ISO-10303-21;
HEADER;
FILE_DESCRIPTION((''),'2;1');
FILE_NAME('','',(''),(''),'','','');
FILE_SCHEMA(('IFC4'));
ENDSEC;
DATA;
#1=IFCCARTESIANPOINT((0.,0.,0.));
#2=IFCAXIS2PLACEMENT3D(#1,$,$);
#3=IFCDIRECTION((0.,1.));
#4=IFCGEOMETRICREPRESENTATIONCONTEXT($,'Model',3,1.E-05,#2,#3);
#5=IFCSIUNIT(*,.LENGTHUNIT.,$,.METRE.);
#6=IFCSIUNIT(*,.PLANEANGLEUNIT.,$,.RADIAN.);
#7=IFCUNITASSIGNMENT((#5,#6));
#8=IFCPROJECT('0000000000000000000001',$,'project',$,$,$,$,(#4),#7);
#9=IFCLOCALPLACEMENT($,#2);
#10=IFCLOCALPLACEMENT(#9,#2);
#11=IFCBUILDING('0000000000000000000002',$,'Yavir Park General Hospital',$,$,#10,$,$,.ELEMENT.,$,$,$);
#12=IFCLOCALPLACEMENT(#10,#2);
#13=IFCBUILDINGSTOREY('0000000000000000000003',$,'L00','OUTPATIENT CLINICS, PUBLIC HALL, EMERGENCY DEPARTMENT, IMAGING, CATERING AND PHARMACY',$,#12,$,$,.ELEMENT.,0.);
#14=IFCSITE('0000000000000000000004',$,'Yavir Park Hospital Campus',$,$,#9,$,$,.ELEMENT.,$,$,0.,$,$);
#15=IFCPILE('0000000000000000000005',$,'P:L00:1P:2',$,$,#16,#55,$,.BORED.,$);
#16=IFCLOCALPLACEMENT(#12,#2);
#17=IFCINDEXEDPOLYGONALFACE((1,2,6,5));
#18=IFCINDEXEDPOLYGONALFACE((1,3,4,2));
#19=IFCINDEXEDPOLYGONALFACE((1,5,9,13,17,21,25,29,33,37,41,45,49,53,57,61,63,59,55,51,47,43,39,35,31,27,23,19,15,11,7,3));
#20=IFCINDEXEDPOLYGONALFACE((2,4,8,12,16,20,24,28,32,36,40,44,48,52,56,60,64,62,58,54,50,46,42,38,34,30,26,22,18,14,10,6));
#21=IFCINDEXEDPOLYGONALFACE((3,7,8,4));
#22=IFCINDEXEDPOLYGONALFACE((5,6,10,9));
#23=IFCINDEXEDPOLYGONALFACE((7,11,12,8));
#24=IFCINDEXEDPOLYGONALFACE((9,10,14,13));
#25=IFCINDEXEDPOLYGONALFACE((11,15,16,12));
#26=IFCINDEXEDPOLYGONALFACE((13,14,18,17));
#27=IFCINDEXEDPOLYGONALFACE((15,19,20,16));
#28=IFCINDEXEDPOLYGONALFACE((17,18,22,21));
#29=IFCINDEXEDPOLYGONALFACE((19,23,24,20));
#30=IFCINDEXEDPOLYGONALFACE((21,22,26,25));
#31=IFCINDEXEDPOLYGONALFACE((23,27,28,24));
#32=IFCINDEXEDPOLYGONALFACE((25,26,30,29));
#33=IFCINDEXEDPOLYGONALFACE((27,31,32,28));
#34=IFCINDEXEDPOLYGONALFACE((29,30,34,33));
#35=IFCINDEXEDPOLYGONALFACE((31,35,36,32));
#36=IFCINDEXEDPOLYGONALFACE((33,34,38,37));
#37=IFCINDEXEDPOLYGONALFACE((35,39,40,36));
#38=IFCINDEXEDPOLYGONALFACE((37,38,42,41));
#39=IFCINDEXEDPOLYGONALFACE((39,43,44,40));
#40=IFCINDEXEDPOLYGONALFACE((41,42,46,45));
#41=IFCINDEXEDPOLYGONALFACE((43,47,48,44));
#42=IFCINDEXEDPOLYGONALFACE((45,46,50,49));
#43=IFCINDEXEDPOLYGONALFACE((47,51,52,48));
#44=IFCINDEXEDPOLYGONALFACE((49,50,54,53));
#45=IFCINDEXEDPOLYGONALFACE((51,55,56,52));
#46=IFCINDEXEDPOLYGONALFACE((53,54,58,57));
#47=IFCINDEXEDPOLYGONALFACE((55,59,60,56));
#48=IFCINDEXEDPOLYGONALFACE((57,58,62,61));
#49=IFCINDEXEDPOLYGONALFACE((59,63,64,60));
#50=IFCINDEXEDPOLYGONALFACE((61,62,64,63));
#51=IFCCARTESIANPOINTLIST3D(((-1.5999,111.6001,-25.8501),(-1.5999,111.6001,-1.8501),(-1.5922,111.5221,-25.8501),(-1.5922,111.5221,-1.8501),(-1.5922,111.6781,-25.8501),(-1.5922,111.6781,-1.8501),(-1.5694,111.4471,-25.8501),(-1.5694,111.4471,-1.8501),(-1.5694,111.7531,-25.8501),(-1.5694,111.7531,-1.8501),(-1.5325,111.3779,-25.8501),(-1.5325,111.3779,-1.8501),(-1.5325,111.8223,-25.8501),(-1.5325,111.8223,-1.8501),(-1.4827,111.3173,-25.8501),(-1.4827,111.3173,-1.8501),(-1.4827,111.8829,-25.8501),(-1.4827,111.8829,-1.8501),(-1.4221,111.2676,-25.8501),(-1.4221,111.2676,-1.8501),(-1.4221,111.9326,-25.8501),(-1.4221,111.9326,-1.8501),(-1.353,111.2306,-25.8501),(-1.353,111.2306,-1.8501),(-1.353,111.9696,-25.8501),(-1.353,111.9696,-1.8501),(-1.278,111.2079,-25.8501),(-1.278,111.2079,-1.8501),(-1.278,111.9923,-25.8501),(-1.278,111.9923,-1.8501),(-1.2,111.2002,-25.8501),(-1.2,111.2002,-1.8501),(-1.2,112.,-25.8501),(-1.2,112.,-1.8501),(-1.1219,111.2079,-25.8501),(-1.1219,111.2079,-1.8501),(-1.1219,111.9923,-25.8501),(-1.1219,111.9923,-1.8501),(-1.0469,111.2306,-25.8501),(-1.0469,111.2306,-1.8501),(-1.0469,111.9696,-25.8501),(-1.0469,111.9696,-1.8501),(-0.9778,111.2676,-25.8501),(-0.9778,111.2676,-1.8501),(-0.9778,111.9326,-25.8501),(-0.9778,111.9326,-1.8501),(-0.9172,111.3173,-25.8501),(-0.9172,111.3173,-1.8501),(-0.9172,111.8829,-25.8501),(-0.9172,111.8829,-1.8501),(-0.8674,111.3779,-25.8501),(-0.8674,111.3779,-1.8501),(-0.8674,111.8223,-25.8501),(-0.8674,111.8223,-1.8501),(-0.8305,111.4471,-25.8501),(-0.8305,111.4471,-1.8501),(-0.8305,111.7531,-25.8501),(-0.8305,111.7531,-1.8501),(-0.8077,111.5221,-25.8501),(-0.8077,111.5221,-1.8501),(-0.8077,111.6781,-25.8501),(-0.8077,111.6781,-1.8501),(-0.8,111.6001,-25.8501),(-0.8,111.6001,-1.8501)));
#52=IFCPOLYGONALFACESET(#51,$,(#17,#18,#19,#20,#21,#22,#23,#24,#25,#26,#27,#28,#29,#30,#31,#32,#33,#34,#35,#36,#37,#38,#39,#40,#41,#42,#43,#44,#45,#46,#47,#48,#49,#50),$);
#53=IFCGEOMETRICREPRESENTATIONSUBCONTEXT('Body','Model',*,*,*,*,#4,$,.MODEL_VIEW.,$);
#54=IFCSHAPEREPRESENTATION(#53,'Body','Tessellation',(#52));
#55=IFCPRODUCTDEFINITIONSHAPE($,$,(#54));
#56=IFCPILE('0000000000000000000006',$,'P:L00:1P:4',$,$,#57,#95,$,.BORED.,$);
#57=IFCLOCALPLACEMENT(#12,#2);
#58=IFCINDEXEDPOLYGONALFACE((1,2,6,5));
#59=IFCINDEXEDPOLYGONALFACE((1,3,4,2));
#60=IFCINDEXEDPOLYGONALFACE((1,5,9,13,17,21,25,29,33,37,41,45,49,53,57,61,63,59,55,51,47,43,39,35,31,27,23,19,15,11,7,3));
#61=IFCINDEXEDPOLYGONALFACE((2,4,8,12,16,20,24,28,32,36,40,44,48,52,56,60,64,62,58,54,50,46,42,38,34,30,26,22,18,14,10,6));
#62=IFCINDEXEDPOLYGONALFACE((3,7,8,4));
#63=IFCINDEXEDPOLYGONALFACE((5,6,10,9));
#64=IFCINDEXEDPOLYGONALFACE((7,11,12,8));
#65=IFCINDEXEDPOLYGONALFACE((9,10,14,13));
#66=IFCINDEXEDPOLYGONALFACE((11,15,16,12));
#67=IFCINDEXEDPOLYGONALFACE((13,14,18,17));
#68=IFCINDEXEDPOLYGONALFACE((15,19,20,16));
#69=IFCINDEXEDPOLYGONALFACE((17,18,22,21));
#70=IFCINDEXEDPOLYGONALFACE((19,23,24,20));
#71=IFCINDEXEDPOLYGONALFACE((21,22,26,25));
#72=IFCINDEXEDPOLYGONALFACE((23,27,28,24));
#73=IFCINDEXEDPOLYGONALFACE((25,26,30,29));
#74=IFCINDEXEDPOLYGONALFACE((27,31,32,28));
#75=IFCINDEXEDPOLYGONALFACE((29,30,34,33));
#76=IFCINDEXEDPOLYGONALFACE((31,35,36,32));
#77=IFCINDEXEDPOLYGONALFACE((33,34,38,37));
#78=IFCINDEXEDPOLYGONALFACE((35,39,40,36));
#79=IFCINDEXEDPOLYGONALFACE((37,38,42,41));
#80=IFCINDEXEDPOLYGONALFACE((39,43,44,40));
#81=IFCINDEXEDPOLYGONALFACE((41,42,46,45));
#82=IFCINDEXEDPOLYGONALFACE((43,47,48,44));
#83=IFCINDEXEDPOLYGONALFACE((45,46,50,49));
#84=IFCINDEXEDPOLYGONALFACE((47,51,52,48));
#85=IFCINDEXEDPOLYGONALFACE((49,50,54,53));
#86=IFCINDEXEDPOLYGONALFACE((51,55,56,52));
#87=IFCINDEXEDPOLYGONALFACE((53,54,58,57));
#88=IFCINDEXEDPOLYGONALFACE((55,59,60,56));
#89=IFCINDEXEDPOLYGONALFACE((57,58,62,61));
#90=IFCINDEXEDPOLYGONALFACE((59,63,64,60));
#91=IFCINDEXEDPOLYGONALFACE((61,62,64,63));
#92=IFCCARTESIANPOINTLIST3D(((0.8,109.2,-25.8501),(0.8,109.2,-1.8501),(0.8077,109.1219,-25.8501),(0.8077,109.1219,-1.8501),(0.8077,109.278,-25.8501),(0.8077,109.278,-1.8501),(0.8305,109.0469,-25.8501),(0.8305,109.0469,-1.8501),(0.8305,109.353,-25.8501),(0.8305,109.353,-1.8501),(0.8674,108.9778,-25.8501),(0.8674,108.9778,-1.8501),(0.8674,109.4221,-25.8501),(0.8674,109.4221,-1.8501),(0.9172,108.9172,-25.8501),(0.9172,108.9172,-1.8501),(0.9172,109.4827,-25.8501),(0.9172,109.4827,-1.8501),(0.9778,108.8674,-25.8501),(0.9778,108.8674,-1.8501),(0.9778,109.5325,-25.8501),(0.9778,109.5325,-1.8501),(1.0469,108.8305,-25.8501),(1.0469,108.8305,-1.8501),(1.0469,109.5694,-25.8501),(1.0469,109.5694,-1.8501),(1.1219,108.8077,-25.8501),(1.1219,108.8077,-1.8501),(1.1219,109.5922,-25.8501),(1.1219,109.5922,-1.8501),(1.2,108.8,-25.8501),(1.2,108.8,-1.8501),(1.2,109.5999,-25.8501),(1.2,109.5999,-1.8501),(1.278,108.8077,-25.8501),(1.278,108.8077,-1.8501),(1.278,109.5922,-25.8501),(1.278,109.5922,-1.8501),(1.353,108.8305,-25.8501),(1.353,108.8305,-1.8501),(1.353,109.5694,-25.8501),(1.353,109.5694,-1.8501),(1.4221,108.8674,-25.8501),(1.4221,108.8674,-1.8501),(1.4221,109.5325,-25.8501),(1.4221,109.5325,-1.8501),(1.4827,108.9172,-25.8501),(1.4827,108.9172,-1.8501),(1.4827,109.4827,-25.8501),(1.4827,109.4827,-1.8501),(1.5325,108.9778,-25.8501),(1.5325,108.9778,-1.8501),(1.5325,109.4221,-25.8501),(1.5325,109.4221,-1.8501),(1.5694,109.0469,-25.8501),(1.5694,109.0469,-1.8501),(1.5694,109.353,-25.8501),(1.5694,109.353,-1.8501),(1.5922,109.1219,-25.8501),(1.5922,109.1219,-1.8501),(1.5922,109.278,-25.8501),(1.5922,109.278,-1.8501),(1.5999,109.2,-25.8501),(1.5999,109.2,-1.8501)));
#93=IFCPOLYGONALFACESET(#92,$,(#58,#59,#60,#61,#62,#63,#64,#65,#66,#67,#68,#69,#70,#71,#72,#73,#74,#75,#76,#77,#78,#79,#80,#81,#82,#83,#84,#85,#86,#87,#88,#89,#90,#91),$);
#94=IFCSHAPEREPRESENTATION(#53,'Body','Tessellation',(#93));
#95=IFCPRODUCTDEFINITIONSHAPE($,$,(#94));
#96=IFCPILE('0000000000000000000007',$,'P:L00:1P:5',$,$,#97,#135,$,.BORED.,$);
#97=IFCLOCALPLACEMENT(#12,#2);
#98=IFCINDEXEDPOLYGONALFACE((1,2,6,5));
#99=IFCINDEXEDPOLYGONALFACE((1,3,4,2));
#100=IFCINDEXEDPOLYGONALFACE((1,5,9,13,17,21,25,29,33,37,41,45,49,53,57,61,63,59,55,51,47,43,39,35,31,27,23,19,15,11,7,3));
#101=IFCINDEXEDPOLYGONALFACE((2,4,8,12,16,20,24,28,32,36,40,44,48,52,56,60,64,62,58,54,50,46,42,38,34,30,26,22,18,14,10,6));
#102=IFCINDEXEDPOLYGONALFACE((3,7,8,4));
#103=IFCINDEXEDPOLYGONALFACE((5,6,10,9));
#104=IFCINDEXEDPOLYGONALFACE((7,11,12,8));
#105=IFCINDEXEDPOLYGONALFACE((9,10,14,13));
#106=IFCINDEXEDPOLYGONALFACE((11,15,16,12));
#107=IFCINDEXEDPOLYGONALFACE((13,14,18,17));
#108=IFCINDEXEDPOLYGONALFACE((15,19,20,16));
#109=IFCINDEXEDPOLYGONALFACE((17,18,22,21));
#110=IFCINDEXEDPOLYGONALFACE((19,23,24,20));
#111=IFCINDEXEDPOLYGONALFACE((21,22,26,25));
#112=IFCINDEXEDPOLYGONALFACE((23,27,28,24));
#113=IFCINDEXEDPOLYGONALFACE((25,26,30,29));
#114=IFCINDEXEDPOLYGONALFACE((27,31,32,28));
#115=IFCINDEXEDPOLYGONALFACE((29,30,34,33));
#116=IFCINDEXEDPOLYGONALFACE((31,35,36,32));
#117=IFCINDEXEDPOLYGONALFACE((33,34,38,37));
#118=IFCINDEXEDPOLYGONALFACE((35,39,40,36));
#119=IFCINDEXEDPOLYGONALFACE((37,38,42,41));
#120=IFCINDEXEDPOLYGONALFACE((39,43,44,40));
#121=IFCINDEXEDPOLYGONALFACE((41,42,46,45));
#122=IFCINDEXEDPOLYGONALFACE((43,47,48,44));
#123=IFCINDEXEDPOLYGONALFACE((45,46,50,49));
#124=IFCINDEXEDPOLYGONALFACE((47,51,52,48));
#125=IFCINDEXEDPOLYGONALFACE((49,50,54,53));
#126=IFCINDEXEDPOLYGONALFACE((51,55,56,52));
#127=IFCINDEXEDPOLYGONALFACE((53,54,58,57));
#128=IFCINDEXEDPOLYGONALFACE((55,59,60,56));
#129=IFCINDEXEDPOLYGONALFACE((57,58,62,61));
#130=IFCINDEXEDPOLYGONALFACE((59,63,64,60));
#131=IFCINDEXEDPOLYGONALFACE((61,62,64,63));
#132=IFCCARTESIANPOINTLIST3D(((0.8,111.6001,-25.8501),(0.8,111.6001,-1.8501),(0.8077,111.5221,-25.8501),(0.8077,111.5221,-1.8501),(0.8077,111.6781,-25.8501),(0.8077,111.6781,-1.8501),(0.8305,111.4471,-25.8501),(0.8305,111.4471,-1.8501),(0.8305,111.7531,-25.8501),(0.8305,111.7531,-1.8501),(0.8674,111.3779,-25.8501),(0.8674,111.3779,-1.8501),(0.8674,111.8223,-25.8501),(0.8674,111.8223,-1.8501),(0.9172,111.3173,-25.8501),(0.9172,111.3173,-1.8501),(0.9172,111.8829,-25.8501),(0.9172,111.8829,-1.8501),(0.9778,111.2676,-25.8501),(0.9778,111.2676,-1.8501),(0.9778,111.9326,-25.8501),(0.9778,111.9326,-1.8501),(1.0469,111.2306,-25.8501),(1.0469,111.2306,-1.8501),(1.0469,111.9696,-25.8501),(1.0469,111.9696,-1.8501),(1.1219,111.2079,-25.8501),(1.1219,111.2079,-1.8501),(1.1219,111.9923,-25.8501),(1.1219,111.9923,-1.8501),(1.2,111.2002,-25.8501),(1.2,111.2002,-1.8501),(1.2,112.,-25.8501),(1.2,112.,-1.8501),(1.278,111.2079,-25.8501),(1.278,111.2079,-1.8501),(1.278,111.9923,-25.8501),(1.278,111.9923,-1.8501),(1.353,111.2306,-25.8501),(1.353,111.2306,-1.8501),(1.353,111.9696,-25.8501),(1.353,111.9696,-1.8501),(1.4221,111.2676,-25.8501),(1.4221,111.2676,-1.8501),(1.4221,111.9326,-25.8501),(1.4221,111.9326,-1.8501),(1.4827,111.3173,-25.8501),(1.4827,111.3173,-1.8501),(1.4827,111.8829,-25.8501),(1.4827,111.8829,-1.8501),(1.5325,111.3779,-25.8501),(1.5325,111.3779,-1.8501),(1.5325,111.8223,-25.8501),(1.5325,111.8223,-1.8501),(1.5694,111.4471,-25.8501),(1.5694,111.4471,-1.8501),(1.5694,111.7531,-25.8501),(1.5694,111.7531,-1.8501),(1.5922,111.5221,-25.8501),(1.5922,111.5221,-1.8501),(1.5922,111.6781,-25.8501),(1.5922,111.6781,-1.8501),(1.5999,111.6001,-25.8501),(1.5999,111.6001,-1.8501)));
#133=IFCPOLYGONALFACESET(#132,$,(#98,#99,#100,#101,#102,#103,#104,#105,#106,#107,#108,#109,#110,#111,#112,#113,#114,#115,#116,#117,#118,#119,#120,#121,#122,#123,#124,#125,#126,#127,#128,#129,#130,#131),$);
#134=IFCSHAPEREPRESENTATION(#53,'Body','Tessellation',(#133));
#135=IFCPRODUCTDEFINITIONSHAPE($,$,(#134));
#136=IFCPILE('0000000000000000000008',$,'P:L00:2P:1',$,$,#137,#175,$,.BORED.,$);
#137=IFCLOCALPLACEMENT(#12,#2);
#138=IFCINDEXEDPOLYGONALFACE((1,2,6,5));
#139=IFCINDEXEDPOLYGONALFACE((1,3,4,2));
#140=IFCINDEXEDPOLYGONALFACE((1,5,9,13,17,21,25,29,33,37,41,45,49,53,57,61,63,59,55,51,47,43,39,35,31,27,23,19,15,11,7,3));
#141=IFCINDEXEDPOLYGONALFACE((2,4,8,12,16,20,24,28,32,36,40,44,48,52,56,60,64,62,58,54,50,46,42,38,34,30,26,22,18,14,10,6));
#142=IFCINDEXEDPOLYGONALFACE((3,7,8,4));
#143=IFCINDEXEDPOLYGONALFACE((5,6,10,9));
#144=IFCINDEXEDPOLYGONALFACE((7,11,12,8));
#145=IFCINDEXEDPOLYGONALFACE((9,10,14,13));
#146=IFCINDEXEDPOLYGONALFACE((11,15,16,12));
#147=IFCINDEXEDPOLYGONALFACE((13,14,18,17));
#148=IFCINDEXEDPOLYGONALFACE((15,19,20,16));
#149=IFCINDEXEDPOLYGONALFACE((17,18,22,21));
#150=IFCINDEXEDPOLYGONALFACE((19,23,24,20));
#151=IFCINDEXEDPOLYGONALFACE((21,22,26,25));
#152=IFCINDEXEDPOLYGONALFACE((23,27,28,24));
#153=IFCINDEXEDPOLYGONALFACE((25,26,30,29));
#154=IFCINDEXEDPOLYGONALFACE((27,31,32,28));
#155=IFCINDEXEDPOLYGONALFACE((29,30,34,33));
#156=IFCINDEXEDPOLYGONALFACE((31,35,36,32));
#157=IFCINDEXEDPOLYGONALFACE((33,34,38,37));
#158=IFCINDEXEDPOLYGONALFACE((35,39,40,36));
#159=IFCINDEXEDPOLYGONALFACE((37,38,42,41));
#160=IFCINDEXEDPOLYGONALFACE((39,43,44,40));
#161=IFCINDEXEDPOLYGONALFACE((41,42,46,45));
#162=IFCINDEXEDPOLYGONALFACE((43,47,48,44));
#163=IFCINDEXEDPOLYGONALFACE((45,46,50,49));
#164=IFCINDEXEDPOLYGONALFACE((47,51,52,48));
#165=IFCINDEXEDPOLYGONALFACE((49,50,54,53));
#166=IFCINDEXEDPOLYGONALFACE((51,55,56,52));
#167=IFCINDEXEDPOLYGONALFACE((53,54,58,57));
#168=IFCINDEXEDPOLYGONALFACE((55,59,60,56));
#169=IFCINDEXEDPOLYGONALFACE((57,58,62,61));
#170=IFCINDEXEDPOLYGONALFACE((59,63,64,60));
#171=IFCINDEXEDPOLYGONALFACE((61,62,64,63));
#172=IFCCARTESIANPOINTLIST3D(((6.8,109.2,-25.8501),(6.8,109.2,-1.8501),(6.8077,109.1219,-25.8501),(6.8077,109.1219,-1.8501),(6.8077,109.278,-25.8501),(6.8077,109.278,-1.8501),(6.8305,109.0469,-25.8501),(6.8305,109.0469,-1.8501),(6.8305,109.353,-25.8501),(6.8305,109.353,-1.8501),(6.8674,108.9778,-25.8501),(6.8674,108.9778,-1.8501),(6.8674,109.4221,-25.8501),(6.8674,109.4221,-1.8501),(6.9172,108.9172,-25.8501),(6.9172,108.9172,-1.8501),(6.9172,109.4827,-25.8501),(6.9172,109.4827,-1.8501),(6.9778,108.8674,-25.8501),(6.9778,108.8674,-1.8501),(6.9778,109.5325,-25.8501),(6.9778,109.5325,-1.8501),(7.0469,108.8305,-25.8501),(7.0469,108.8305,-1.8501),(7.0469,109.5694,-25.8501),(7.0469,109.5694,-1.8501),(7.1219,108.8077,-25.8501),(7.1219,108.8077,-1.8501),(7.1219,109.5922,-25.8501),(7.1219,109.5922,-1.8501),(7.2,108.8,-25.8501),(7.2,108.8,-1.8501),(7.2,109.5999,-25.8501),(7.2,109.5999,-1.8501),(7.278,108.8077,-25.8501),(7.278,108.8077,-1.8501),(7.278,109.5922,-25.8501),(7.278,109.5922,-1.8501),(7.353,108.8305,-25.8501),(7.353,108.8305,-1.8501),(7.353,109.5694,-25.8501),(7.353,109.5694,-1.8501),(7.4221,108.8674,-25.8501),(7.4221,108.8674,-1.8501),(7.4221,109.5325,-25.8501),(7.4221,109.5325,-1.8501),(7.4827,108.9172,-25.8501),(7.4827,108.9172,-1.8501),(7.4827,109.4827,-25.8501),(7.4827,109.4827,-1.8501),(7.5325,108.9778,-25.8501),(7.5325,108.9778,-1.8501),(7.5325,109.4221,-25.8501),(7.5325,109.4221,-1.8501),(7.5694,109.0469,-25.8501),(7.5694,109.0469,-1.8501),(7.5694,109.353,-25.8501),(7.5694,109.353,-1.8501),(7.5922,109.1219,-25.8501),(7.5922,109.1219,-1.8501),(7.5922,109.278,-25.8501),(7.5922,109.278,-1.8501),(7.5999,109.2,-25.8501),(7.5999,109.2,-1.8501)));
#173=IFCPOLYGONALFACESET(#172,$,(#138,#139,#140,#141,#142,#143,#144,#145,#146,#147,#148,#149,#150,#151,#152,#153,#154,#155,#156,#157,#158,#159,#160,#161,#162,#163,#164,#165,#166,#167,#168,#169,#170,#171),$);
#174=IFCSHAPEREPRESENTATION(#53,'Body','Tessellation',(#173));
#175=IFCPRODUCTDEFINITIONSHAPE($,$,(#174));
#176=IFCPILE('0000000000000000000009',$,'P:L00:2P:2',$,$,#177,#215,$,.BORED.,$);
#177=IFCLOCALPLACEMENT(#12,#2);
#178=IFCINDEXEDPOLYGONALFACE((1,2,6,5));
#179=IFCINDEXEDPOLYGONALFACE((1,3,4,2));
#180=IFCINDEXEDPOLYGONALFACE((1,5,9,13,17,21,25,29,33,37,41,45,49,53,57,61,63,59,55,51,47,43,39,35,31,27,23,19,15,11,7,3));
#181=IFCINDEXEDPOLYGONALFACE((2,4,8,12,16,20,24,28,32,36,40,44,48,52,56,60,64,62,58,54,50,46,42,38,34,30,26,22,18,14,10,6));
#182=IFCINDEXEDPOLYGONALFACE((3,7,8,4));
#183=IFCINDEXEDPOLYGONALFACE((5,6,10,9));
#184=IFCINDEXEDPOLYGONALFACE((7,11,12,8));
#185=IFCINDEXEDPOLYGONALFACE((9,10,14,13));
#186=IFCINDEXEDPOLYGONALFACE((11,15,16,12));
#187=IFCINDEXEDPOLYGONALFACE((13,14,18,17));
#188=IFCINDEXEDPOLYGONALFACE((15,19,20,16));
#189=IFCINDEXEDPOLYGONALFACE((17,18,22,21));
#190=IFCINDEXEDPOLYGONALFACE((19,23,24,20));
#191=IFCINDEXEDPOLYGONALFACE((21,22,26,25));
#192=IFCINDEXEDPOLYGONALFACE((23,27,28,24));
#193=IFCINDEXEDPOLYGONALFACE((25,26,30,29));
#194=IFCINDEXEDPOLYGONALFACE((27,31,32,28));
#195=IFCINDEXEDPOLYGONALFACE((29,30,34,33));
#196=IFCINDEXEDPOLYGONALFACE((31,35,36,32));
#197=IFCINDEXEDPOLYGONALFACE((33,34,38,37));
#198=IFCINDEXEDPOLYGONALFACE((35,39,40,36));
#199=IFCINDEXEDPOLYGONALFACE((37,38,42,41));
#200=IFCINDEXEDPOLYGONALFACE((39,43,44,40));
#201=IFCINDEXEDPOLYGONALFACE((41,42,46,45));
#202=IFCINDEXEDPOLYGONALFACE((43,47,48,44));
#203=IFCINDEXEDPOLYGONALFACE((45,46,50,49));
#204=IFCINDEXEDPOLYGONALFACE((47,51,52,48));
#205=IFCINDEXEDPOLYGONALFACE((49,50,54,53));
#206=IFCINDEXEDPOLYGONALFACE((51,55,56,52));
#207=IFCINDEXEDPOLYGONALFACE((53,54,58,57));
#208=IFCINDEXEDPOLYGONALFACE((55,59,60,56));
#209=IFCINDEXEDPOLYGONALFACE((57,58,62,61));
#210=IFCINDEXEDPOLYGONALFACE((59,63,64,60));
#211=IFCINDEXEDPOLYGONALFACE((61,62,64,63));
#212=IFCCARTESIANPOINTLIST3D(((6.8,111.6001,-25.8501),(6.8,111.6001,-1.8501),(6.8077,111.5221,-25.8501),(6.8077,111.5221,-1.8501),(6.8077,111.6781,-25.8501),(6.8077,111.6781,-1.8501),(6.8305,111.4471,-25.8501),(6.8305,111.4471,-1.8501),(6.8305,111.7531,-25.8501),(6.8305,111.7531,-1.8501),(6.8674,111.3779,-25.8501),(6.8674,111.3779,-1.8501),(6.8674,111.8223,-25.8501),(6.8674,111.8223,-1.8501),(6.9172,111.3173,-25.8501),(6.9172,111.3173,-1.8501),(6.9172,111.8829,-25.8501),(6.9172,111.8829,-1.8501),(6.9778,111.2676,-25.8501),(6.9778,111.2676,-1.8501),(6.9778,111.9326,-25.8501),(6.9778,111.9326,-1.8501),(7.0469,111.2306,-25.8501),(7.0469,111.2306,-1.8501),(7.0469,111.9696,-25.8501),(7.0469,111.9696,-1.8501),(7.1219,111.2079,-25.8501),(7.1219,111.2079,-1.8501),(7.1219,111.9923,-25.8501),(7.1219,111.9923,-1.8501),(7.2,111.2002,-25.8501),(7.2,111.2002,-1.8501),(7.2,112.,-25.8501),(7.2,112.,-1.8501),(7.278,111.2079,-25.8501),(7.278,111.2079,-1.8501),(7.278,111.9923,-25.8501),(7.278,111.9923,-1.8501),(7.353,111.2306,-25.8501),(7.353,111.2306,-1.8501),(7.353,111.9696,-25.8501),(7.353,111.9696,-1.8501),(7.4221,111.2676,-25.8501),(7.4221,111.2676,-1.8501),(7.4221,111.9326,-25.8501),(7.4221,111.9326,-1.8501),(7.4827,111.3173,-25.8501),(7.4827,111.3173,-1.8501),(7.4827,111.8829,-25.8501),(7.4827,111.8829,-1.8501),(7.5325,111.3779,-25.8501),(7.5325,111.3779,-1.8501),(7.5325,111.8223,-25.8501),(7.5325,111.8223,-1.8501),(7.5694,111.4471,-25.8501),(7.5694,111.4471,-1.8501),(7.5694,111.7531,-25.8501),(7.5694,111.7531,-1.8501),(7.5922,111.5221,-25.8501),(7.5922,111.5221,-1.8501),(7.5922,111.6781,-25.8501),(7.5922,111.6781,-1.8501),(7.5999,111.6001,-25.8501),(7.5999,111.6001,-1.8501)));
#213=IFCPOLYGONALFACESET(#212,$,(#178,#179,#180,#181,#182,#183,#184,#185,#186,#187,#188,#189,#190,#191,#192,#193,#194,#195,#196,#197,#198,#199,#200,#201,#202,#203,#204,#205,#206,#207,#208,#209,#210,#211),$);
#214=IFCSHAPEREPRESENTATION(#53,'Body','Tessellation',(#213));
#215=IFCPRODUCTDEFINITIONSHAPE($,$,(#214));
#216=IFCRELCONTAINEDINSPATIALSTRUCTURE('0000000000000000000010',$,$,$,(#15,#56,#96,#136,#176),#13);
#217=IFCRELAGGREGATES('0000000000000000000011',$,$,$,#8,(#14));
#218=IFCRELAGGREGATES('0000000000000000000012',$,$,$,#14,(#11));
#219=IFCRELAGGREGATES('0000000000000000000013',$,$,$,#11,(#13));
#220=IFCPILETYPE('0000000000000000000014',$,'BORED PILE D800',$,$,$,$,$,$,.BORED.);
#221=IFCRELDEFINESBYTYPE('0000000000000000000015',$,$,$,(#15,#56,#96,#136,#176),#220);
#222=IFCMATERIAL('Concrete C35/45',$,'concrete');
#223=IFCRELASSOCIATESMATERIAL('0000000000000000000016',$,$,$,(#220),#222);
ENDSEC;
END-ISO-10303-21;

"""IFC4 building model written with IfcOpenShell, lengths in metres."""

from ifc_helpers import new_model, si_unit, direction, frame, origin, origin_2d, place, context, subcontext, project, spatial, circle, extrude, material, material_profile, profile_set, type_object, element, save


model = new_model("IFC4")

# Units and contexts
model_context = context("Model", 3, precision=1e-05, world=origin(), true_north=direction((0.0, 1.0)))
body_context = subcontext(model_context, "Body", "Model", "MODEL_VIEW")
ifc_project = project(units=[si_unit("LENGTHUNIT", "METRE"), si_unit("PLANEANGLEUNIT", "RADIAN")], contexts=[model_context])

# Site, building, storey
site_placement = place(None, origin())
site = spatial("IfcSite", under=ifc_project, at=site_placement, Name="Yavir Park Hospital Campus", CompositionType="ELEMENT", RefElevation=0.0)
building_placement = place(site_placement, origin())
building = spatial("IfcBuilding", under=site, at=building_placement, Name="Yavir Park General Hospital", CompositionType="ELEMENT")
storey_placement = place(building_placement, origin())
storey = spatial("IfcBuildingStorey", under=building, at=storey_placement, Name="L00", Description="OUTPATIENT CLINICS, PUBLIC HALL, EMERGENCY DEPARTMENT, IMAGING, CATERING AND PHARMACY", CompositionType="ELEMENT", Elevation=0.0)

# Piles
ifc_material_1 = material(Name="Concrete C35/45", Category="concrete")
ifc_material_profile_1 = material_profile(ifc_material_1, circle(Radius=0.3999, at=origin_2d()), Name="D800")
ifc_profile_set_1 = profile_set([ifc_material_profile_1], Name="Concrete C35/45")
pile_type = type_object("IfcPileType", Name="BORED PILE D800", PredefinedType="BORED", material=ifc_profile_set_1)
for number, where, z_axis, x_axis, name in (
    (1, (-1.2, 111.6001, -1.8501), (0.0, 0.0, -1.0), (1.0, 0.0, 0.0), "P:L00:1P:2"),
    (2, (1.2, 109.2, -1.8501), (0.0, 0.0, -1.0), (1.0, 0.0, 0.0), "P:L00:1P:4"),
    (3, (1.2, 111.6001, -1.8501), (0.0, 0.0, -1.0), (1.0, 0.0, 0.0), "P:L00:1P:5"),
    (4, (7.2, 109.2, -1.8501), (0.0, 0.0, -1.0), (1.0, 0.0, 0.0), "P:L00:2P:1"),
    (5, (7.2, 111.6001, -1.8501), (0.0, 0.0, -1.0), (1.0, 0.0, 0.0), "P:L00:2P:2"),
):
    element("IfcPile", number, at=place(storey_placement, frame(where, z_axis=z_axis, x_axis=x_axis)), inside=storey, type_object=pile_type, Name=name, PredefinedType="BORED", context=body_context, shape_type="SweptSolid", body=[
        extrude(circle(Radius=0.3999, at=origin_2d()), origin(), (0.0, 0.0, 1.0), 24.0),
    ])

save(model, "model.ifc")
